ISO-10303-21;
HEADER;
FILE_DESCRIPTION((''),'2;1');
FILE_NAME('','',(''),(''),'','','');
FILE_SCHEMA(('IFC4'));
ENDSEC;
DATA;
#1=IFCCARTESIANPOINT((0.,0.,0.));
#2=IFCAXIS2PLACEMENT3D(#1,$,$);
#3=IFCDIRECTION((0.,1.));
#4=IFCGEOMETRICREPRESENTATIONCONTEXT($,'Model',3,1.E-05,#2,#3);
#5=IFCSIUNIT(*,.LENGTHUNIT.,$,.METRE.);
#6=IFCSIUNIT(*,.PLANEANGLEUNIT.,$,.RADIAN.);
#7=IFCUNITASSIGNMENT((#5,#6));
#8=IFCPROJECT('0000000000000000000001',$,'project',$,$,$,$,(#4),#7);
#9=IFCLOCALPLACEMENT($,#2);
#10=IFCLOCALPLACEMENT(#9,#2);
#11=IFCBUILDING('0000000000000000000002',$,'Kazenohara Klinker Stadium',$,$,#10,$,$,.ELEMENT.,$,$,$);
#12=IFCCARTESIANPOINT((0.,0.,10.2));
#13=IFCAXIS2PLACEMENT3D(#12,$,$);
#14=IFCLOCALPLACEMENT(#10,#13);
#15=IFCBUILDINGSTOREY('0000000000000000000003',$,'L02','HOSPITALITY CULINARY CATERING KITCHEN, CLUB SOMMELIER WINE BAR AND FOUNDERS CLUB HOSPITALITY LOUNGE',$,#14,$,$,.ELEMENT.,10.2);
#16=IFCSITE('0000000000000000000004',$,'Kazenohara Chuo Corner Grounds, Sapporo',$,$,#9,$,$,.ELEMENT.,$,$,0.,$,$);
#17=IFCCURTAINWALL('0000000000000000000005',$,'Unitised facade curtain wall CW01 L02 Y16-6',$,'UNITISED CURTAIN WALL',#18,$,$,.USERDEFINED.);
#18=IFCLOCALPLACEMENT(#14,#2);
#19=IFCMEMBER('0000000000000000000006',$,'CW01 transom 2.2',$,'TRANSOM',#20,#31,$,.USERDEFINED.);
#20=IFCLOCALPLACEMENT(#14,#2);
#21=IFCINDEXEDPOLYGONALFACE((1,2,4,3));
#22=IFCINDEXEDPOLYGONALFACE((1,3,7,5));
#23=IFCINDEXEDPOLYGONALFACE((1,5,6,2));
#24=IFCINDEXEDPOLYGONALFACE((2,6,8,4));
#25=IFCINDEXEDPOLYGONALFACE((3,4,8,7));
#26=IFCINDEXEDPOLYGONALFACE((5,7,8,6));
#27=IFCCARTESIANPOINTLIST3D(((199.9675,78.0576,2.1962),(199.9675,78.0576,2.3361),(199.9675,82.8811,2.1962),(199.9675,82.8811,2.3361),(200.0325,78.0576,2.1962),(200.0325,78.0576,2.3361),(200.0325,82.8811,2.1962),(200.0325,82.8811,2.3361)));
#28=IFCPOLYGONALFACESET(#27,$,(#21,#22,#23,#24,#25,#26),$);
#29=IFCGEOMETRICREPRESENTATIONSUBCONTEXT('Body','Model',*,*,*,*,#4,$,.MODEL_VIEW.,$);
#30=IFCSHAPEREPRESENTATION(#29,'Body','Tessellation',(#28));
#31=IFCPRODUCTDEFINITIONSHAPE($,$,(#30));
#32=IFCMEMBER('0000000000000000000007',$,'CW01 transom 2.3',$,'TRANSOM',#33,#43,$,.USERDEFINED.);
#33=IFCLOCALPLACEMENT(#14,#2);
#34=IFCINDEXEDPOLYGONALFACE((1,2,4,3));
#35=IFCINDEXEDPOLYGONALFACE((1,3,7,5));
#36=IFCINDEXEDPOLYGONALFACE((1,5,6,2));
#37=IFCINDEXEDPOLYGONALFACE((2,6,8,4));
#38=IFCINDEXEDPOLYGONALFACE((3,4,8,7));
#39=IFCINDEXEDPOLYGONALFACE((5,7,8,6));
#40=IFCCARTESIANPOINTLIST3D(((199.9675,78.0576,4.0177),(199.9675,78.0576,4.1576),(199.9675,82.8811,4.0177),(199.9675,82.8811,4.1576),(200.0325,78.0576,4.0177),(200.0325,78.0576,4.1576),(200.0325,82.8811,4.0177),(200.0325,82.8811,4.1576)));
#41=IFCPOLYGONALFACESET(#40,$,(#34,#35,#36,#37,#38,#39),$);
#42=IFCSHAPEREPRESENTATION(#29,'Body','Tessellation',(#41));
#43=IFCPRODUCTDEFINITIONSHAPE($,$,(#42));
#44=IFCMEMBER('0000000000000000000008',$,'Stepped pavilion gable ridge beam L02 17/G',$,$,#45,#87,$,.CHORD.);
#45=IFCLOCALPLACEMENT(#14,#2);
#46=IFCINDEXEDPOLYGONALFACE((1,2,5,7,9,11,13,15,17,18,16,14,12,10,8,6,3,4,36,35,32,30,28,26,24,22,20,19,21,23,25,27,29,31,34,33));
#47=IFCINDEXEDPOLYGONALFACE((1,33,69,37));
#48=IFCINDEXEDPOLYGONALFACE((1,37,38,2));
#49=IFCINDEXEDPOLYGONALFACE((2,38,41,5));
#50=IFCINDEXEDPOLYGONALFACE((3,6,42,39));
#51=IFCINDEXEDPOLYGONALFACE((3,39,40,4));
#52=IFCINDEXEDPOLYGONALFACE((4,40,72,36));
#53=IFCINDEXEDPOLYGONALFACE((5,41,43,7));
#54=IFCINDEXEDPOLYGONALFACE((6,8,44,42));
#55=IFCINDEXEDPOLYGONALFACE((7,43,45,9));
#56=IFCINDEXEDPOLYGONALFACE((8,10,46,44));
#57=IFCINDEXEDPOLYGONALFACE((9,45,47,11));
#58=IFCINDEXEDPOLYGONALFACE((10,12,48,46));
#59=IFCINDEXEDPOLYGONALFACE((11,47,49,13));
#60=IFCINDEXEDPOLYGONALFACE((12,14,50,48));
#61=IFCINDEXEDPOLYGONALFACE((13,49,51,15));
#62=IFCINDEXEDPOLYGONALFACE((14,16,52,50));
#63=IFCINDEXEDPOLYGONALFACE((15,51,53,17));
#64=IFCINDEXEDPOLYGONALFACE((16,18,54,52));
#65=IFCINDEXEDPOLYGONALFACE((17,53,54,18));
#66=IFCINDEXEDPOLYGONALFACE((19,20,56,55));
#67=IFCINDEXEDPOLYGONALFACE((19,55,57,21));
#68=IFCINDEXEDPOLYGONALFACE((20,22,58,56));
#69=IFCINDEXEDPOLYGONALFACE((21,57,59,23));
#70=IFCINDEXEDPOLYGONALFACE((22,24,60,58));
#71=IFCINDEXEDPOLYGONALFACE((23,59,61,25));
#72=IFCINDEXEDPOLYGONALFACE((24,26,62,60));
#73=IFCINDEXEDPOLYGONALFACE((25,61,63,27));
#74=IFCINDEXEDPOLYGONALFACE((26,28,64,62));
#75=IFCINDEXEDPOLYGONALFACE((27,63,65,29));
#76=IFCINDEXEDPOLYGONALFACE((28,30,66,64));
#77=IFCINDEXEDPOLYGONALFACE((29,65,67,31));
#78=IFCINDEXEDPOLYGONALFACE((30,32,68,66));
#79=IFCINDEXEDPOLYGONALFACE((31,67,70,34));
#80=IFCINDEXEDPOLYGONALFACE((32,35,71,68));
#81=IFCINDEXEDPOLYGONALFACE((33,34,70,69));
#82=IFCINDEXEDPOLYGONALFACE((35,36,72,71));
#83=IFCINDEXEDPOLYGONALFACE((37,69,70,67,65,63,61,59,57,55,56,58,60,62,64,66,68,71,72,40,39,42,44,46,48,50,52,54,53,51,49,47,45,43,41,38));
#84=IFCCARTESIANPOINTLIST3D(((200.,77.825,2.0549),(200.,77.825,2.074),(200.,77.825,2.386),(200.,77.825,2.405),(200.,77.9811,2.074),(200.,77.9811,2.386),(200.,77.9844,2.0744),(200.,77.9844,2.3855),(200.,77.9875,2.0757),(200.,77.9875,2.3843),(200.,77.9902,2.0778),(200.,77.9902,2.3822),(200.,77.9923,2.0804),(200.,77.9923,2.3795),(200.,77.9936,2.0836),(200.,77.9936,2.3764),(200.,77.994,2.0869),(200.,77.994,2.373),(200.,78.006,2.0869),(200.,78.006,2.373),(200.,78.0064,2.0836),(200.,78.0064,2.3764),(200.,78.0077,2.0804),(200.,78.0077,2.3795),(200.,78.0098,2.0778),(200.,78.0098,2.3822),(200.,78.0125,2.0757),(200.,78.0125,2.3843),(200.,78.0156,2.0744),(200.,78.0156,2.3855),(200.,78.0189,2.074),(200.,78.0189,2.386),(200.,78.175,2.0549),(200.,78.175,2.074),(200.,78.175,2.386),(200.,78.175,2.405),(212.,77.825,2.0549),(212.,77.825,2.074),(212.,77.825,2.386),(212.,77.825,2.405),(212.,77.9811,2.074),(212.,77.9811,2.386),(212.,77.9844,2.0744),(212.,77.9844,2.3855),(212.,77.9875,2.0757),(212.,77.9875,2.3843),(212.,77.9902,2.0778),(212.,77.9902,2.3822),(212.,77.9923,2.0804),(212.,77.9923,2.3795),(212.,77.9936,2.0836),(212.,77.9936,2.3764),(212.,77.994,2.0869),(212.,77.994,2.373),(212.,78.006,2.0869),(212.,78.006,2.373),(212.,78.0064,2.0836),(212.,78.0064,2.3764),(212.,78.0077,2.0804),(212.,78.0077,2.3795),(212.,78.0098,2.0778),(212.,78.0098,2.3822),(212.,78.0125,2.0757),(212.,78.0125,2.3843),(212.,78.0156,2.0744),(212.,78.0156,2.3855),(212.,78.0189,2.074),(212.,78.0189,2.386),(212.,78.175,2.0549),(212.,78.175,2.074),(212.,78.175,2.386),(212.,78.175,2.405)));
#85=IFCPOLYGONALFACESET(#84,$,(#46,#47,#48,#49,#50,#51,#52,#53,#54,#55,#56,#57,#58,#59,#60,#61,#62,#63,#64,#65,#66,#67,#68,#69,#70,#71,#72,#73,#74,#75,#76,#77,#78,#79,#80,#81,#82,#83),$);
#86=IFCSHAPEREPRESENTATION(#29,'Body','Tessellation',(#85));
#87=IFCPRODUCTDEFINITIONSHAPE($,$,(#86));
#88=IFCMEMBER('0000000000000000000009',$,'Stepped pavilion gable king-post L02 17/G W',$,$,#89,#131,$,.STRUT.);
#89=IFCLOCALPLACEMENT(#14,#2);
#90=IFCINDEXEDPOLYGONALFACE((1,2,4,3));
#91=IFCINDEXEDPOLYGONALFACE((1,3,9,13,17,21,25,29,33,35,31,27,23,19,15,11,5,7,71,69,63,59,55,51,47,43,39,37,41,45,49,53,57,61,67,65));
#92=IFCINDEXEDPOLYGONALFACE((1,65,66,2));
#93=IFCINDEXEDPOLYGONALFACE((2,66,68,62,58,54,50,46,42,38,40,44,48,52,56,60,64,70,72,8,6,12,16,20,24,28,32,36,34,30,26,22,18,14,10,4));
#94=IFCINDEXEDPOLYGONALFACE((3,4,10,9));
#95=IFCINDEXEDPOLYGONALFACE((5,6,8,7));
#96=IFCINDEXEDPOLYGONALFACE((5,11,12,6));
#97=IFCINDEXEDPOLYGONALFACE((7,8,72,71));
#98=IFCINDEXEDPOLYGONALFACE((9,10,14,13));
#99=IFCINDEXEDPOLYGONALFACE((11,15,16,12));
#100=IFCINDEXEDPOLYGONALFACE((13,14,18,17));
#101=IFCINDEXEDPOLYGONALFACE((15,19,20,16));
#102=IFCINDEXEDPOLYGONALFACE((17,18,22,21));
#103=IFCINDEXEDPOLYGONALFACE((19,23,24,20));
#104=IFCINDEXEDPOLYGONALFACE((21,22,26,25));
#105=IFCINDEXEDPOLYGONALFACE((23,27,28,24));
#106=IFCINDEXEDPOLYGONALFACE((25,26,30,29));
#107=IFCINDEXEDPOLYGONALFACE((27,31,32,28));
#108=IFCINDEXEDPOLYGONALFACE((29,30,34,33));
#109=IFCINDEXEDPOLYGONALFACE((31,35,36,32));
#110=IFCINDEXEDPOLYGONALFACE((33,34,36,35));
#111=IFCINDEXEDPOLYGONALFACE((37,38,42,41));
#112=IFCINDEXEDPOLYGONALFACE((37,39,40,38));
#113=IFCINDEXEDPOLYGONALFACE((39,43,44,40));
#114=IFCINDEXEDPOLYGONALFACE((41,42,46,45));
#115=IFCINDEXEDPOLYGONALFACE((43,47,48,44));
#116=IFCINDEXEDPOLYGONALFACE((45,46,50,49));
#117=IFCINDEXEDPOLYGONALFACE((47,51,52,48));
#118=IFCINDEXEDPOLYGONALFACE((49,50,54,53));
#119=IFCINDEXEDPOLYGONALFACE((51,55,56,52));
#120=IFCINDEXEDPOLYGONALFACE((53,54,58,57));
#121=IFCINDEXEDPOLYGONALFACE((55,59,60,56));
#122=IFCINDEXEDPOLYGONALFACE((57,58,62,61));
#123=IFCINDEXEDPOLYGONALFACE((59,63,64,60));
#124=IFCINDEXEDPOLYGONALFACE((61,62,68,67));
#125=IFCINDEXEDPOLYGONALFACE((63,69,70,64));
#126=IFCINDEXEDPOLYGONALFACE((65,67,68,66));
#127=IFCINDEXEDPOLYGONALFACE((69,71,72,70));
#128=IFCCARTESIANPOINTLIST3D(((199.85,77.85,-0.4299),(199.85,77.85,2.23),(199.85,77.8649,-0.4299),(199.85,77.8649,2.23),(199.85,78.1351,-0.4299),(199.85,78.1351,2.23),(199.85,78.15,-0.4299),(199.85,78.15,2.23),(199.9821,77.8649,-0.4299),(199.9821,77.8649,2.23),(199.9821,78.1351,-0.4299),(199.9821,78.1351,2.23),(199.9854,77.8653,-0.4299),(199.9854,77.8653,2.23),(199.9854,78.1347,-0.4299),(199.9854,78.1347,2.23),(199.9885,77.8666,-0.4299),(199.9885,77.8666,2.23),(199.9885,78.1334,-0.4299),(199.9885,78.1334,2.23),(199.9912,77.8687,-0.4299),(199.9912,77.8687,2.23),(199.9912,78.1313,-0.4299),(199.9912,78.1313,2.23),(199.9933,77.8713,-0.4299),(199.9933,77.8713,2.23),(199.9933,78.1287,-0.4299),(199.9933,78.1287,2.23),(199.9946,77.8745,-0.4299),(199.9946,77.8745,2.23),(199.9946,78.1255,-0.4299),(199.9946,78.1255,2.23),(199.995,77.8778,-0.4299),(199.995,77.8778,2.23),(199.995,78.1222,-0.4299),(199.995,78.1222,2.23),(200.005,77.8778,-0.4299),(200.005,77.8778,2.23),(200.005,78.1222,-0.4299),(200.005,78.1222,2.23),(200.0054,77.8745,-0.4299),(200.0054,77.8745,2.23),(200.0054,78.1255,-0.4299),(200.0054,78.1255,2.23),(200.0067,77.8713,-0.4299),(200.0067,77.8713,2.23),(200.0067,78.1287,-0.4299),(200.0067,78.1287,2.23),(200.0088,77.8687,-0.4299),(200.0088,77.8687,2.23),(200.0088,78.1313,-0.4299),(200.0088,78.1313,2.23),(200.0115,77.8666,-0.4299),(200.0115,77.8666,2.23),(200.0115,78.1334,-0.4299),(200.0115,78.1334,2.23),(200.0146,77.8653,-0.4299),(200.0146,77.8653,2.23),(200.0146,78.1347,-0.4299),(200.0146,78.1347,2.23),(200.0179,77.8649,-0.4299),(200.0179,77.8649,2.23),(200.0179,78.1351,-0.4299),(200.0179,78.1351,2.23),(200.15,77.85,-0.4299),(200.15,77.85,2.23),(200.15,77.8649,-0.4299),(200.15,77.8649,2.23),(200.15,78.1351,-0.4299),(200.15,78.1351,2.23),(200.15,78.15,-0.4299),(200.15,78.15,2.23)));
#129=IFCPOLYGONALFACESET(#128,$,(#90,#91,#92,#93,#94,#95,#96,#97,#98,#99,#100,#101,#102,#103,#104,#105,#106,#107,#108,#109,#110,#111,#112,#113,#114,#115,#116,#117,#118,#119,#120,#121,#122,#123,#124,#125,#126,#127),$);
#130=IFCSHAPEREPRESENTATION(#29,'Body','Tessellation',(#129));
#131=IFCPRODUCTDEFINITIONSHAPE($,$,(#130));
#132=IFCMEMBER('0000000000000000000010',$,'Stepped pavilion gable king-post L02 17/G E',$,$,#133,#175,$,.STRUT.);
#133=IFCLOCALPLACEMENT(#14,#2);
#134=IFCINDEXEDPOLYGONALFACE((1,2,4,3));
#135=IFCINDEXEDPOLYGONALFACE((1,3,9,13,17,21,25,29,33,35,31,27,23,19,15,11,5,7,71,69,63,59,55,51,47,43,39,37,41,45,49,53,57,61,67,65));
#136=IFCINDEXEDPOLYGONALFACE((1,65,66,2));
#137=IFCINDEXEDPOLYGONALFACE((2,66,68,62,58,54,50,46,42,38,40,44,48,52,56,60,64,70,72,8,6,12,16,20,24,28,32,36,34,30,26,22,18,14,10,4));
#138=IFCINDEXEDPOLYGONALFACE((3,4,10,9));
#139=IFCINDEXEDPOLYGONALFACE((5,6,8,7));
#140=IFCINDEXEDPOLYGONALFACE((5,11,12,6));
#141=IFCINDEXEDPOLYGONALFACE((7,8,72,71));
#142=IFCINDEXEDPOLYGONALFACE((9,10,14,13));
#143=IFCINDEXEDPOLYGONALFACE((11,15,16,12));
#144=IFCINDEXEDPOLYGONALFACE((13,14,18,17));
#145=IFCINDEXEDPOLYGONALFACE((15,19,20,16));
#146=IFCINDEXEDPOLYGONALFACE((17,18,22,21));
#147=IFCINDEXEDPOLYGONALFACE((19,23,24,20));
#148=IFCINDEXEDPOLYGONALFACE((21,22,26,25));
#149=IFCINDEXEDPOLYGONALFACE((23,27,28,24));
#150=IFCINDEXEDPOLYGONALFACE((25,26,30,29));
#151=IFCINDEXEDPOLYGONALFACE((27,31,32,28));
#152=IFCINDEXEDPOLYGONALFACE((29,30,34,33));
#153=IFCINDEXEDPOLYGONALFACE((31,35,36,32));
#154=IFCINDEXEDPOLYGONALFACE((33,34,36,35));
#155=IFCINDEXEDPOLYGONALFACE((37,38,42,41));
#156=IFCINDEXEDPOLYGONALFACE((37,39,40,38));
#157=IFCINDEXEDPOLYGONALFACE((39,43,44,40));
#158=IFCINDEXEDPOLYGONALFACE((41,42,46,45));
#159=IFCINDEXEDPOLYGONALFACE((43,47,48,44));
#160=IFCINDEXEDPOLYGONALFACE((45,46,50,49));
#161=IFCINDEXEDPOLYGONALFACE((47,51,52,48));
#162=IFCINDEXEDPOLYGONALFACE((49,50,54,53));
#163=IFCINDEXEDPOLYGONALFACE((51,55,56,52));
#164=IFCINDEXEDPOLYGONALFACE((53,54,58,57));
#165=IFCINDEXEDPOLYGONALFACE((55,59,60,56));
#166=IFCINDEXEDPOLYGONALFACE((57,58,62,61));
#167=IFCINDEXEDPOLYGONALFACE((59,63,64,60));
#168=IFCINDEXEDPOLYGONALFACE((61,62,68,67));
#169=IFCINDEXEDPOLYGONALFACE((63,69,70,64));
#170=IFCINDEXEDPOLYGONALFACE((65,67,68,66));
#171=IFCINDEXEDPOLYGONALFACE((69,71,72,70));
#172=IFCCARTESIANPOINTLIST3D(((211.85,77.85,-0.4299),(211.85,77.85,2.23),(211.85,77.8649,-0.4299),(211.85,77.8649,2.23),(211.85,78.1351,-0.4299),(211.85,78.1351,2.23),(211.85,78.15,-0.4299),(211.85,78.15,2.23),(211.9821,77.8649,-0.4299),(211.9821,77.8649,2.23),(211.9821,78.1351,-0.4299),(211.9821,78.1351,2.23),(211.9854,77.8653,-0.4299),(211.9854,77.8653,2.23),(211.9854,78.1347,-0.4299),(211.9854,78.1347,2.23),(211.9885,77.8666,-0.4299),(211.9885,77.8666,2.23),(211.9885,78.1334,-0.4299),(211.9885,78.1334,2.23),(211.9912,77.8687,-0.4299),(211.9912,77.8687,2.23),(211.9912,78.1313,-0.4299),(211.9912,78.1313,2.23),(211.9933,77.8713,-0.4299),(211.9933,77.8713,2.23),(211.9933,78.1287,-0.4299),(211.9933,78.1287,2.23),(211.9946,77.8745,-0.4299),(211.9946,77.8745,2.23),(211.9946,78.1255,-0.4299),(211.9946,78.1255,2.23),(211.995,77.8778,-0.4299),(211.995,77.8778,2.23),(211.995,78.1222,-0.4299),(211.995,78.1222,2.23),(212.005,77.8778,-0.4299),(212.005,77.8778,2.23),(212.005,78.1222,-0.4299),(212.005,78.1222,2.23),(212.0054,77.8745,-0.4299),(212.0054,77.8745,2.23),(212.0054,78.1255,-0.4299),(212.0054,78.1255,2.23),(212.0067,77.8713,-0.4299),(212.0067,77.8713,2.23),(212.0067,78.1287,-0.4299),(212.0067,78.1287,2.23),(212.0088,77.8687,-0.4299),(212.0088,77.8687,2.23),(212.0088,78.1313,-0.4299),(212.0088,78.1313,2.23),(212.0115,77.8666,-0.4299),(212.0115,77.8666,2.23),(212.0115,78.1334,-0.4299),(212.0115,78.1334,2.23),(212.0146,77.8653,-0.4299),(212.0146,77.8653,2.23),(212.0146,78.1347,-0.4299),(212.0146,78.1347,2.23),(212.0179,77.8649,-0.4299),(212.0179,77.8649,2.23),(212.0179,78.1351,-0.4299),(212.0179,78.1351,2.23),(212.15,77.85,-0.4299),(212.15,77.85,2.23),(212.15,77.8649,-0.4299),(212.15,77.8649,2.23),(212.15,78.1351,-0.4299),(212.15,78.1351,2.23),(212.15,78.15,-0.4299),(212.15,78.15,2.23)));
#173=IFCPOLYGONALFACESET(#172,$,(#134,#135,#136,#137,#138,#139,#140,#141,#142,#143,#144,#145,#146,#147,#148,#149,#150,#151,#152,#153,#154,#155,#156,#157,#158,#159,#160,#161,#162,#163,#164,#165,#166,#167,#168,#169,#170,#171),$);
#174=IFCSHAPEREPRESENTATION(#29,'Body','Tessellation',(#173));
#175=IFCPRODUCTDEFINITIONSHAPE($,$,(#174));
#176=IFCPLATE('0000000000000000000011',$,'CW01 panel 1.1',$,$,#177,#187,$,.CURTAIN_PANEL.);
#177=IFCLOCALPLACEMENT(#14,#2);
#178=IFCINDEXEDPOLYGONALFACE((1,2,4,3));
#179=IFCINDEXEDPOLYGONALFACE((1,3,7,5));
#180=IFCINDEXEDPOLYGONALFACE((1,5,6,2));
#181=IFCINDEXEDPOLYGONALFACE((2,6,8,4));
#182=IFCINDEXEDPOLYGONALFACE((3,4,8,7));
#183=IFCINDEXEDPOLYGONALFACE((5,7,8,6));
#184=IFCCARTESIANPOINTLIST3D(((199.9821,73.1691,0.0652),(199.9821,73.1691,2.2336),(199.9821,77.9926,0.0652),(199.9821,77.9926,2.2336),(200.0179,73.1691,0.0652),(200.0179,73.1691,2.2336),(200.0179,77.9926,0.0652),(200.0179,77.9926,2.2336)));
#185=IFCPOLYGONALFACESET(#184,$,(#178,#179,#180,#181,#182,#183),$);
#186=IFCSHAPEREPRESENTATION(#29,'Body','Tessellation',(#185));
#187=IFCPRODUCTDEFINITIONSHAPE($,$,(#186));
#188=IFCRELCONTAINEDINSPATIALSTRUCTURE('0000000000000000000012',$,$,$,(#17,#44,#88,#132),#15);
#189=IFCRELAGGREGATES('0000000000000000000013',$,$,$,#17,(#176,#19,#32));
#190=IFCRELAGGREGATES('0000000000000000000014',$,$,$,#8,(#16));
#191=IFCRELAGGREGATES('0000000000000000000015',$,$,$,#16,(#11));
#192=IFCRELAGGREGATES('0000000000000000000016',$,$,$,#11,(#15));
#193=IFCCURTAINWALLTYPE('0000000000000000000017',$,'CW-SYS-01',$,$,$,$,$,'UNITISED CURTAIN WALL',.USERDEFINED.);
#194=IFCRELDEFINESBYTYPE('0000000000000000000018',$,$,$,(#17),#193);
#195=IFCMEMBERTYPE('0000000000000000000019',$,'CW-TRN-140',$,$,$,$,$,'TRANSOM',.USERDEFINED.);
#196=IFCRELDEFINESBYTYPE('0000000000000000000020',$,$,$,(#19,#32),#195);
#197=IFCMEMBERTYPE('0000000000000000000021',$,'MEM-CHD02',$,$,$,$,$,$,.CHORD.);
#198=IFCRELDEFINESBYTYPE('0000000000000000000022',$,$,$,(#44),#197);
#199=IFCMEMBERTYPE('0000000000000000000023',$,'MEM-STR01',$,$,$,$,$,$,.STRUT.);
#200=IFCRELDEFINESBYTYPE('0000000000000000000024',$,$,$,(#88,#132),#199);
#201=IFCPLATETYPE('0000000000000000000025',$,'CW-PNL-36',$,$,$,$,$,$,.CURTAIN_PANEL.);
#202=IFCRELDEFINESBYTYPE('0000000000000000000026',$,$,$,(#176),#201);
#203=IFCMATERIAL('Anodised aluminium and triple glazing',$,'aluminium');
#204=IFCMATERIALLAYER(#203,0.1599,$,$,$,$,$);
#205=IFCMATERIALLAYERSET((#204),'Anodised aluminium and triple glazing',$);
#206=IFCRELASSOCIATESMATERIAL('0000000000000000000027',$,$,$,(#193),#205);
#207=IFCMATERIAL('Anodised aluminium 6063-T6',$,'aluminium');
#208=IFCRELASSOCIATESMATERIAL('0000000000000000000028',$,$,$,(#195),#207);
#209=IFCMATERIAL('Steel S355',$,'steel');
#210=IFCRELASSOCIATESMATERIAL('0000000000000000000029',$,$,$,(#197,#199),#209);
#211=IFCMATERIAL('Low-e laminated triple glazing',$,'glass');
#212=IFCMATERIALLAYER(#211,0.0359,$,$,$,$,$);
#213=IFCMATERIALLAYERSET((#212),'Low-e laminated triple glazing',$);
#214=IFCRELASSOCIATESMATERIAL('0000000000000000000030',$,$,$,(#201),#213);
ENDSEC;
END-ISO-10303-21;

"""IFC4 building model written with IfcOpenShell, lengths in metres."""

from ifc_helpers import new_model, si_unit, direction, frame, origin, origin_2d, place, context, subcontext, project, spatial, rectangle, i_section, extrude, material, layer, layer_set, material_profile, profile_set, type_object, element, aggregate, save


model = new_model("IFC4")

# Units and contexts
model_context = context("Model", 3, precision=1e-05, world=origin(), true_north=direction((0.0, 1.0)))
body_context = subcontext(model_context, "Body", "Model", "MODEL_VIEW")
ifc_project = project(units=[si_unit("LENGTHUNIT", "METRE"), si_unit("PLANEANGLEUNIT", "RADIAN")], contexts=[model_context])

# Site, building, storey
site_placement = place(None, origin())
site = spatial("IfcSite", under=ifc_project, at=site_placement, Name="Kazenohara Chuo Corner Grounds, Sapporo", CompositionType="ELEMENT", RefElevation=0.0)
building_placement = place(site_placement, origin())
building = spatial("IfcBuilding", under=site, at=building_placement, Name="Kazenohara Klinker Stadium", CompositionType="ELEMENT")
storey_placement = place(building_placement, frame((0.0, 0.0, 10.2)))
storey = spatial("IfcBuildingStorey", under=building, at=storey_placement, Name="L02", Description="HOSPITALITY CULINARY CATERING KITCHEN, CLUB SOMMELIER WINE BAR AND FOUNDERS CLUB HOSPITALITY LOUNGE", CompositionType="ELEMENT", Elevation=10.2)

# Shared definitions
ifc_material_1 = material(Name="Steel S355", Category="steel")

# Curtain wall, members
ifc_material_2 = material(Name="Anodised aluminium and triple glazing", Category="aluminium")
ifc_layer_1 = layer(ifc_material_2, 0.1599)
ifc_layer_set_1 = layer_set([ifc_layer_1], Name="Anodised aluminium and triple glazing")
curtain_wall_type = type_object("IfcCurtainWallType", Name="CW-SYS-01", ElementType="UNITISED CURTAIN WALL", PredefinedType="USERDEFINED", material=ifc_layer_set_1)
curtain_wall_placement = place(storey_placement, origin())
curtain_wall = element("IfcCurtainWall", 1, at=curtain_wall_placement, inside=storey, type_object=curtain_wall_type, Name="Unitised facade curtain wall CW01 L02 Y16-6", ObjectType="UNITISED CURTAIN WALL", PredefinedType="USERDEFINED")
ifc_material_3 = material(Name="Anodised aluminium 6063-T6", Category="aluminium")
ifc_material_profile_1 = material_profile(ifc_material_3, rectangle(XDim=0.0649, YDim=0.1399, at=origin_2d()), Name="ALU-TRN-65x140")
ifc_profile_set_1 = profile_set([ifc_material_profile_1], Name="Anodised aluminium 6063-T6")
member_type_1 = type_object("IfcMemberType", Name="CW-TRN-140", ElementType="TRANSOM", PredefinedType="USERDEFINED", material=ifc_profile_set_1)
member_1_placement = place(storey_placement, frame((200.0, 78.0576, 2.2661), z_axis=(0.0, 1.0, 0.0), x_axis=(-1.0, 0.0, 0.0)))
member_1 = element("IfcMember", 2, at=member_1_placement, type_object=member_type_1, Name="CW01 transom 2.2", ObjectType="TRANSOM", PredefinedType="USERDEFINED", context=body_context, shape_type="SweptSolid", body=[
    extrude(rectangle(XDim=0.0649, YDim=0.1399, at=origin_2d()), origin(), (0.0, 0.0, 1.0), 4.8235),
])
member_2_placement = place(storey_placement, frame((200.0, 78.0576, 4.0876), z_axis=(0.0, 1.0, 0.0), x_axis=(-1.0, 0.0, 0.0)))
member_2 = element("IfcMember", 3, at=member_2_placement, type_object=member_type_1, Name="CW01 transom 2.3", ObjectType="TRANSOM", PredefinedType="USERDEFINED", context=body_context, shape_type="SweptSolid", body=[
    extrude(rectangle(XDim=0.0649, YDim=0.1399, at=origin_2d()), origin(), (0.0, 0.0, 1.0), 4.8235),
])

# Members
ifc_material_profile_2 = material_profile(ifc_material_1, i_section(OverallWidth=0.3501, OverallDepth=0.3501, WebThickness=0.012, FlangeThickness=0.019, FilletRadius=0.0129, at=origin_2d()), Name="H-350x350x12x19")
ifc_profile_set_2 = profile_set([ifc_material_profile_2], Name="Steel S355")
member_type_2 = type_object("IfcMemberType", Name="MEM-CHD02", PredefinedType="CHORD", material=ifc_profile_set_2)
member_3_placement = place(storey_placement, frame((200.0, 78.0, 2.23), z_axis=(1.0, 0.0, 0.0), x_axis=(0.0, 1.0, 0.0)))
element("IfcMember", 4, at=member_3_placement, inside=storey, type_object=member_type_2, Name="Stepped pavilion gable ridge beam L02 17/G", PredefinedType="CHORD", context=body_context, shape_type="SweptSolid", body=[
    extrude(i_section(OverallWidth=0.3501, OverallDepth=0.3501, WebThickness=0.012, FlangeThickness=0.019, FilletRadius=0.0129, at=origin_2d()), origin(), (0.0, 0.0, 1.0), 12.0),
])
ifc_material_profile_3 = material_profile(ifc_material_1, i_section(OverallWidth=0.3, OverallDepth=0.3, WebThickness=0.01, FlangeThickness=0.0149, FilletRadius=0.0129, at=origin_2d()), Name="H-300x300x10x15")
ifc_profile_set_3 = profile_set([ifc_material_profile_3], Name="Steel S355")
member_type_3 = type_object("IfcMemberType", Name="MEM-STR01", PredefinedType="STRUT", material=ifc_profile_set_3)
for number, where, z_axis, x_axis, name in (
    (5, (200.0, 78.0, -0.4299), (0.0, 0.0, 1.0), (1.0, 0.0, 0.0), "Stepped pavilion gable king-post L02 17/G W"),
    (6, (212.0, 78.0, -0.4299), (0.0, 0.0, 1.0), (1.0, 0.0, 0.0), "Stepped pavilion gable king-post L02 17/G E"),
):
    element("IfcMember", number, at=place(storey_placement, frame(where, z_axis=z_axis, x_axis=x_axis)), inside=storey, type_object=member_type_3, Name=name, PredefinedType="STRUT", context=body_context, shape_type="SweptSolid", body=[
        extrude(i_section(OverallWidth=0.3, OverallDepth=0.3, WebThickness=0.01, FlangeThickness=0.0149, FilletRadius=0.0129, at=origin_2d()), origin(), (0.0, 0.0, 1.0), 2.6599),
    ])

# Plate
ifc_material_4 = material(Name="Low-e laminated triple glazing", Category="glass")
ifc_layer_2 = layer(ifc_material_4, 0.0359)
ifc_layer_set_2 = layer_set([ifc_layer_2], Name="Low-e laminated triple glazing")
plate_type = type_object("IfcPlateType", Name="CW-PNL-36", PredefinedType="CURTAIN_PANEL", material=ifc_layer_set_2)
plate_1_placement = place(storey_placement, frame((200.0, 75.5808, 0.0652), z_axis=(0.0, 0.0, 1.0), x_axis=(0.0, 1.0, 0.0)))
plate_1 = element("IfcPlate", 7, at=plate_1_placement, type_object=plate_type, Name="CW01 panel 1.1", PredefinedType="CURTAIN_PANEL", context=body_context, shape_type="SweptSolid", body=[
    extrude(rectangle(XDim=4.8235, YDim=0.0359, at=origin_2d()), origin(), (0.0, 0.0, 1.0), 2.1685),
])
aggregate(curtain_wall, [plate_1, member_1, member_2])

save(model, "model.ifc")
